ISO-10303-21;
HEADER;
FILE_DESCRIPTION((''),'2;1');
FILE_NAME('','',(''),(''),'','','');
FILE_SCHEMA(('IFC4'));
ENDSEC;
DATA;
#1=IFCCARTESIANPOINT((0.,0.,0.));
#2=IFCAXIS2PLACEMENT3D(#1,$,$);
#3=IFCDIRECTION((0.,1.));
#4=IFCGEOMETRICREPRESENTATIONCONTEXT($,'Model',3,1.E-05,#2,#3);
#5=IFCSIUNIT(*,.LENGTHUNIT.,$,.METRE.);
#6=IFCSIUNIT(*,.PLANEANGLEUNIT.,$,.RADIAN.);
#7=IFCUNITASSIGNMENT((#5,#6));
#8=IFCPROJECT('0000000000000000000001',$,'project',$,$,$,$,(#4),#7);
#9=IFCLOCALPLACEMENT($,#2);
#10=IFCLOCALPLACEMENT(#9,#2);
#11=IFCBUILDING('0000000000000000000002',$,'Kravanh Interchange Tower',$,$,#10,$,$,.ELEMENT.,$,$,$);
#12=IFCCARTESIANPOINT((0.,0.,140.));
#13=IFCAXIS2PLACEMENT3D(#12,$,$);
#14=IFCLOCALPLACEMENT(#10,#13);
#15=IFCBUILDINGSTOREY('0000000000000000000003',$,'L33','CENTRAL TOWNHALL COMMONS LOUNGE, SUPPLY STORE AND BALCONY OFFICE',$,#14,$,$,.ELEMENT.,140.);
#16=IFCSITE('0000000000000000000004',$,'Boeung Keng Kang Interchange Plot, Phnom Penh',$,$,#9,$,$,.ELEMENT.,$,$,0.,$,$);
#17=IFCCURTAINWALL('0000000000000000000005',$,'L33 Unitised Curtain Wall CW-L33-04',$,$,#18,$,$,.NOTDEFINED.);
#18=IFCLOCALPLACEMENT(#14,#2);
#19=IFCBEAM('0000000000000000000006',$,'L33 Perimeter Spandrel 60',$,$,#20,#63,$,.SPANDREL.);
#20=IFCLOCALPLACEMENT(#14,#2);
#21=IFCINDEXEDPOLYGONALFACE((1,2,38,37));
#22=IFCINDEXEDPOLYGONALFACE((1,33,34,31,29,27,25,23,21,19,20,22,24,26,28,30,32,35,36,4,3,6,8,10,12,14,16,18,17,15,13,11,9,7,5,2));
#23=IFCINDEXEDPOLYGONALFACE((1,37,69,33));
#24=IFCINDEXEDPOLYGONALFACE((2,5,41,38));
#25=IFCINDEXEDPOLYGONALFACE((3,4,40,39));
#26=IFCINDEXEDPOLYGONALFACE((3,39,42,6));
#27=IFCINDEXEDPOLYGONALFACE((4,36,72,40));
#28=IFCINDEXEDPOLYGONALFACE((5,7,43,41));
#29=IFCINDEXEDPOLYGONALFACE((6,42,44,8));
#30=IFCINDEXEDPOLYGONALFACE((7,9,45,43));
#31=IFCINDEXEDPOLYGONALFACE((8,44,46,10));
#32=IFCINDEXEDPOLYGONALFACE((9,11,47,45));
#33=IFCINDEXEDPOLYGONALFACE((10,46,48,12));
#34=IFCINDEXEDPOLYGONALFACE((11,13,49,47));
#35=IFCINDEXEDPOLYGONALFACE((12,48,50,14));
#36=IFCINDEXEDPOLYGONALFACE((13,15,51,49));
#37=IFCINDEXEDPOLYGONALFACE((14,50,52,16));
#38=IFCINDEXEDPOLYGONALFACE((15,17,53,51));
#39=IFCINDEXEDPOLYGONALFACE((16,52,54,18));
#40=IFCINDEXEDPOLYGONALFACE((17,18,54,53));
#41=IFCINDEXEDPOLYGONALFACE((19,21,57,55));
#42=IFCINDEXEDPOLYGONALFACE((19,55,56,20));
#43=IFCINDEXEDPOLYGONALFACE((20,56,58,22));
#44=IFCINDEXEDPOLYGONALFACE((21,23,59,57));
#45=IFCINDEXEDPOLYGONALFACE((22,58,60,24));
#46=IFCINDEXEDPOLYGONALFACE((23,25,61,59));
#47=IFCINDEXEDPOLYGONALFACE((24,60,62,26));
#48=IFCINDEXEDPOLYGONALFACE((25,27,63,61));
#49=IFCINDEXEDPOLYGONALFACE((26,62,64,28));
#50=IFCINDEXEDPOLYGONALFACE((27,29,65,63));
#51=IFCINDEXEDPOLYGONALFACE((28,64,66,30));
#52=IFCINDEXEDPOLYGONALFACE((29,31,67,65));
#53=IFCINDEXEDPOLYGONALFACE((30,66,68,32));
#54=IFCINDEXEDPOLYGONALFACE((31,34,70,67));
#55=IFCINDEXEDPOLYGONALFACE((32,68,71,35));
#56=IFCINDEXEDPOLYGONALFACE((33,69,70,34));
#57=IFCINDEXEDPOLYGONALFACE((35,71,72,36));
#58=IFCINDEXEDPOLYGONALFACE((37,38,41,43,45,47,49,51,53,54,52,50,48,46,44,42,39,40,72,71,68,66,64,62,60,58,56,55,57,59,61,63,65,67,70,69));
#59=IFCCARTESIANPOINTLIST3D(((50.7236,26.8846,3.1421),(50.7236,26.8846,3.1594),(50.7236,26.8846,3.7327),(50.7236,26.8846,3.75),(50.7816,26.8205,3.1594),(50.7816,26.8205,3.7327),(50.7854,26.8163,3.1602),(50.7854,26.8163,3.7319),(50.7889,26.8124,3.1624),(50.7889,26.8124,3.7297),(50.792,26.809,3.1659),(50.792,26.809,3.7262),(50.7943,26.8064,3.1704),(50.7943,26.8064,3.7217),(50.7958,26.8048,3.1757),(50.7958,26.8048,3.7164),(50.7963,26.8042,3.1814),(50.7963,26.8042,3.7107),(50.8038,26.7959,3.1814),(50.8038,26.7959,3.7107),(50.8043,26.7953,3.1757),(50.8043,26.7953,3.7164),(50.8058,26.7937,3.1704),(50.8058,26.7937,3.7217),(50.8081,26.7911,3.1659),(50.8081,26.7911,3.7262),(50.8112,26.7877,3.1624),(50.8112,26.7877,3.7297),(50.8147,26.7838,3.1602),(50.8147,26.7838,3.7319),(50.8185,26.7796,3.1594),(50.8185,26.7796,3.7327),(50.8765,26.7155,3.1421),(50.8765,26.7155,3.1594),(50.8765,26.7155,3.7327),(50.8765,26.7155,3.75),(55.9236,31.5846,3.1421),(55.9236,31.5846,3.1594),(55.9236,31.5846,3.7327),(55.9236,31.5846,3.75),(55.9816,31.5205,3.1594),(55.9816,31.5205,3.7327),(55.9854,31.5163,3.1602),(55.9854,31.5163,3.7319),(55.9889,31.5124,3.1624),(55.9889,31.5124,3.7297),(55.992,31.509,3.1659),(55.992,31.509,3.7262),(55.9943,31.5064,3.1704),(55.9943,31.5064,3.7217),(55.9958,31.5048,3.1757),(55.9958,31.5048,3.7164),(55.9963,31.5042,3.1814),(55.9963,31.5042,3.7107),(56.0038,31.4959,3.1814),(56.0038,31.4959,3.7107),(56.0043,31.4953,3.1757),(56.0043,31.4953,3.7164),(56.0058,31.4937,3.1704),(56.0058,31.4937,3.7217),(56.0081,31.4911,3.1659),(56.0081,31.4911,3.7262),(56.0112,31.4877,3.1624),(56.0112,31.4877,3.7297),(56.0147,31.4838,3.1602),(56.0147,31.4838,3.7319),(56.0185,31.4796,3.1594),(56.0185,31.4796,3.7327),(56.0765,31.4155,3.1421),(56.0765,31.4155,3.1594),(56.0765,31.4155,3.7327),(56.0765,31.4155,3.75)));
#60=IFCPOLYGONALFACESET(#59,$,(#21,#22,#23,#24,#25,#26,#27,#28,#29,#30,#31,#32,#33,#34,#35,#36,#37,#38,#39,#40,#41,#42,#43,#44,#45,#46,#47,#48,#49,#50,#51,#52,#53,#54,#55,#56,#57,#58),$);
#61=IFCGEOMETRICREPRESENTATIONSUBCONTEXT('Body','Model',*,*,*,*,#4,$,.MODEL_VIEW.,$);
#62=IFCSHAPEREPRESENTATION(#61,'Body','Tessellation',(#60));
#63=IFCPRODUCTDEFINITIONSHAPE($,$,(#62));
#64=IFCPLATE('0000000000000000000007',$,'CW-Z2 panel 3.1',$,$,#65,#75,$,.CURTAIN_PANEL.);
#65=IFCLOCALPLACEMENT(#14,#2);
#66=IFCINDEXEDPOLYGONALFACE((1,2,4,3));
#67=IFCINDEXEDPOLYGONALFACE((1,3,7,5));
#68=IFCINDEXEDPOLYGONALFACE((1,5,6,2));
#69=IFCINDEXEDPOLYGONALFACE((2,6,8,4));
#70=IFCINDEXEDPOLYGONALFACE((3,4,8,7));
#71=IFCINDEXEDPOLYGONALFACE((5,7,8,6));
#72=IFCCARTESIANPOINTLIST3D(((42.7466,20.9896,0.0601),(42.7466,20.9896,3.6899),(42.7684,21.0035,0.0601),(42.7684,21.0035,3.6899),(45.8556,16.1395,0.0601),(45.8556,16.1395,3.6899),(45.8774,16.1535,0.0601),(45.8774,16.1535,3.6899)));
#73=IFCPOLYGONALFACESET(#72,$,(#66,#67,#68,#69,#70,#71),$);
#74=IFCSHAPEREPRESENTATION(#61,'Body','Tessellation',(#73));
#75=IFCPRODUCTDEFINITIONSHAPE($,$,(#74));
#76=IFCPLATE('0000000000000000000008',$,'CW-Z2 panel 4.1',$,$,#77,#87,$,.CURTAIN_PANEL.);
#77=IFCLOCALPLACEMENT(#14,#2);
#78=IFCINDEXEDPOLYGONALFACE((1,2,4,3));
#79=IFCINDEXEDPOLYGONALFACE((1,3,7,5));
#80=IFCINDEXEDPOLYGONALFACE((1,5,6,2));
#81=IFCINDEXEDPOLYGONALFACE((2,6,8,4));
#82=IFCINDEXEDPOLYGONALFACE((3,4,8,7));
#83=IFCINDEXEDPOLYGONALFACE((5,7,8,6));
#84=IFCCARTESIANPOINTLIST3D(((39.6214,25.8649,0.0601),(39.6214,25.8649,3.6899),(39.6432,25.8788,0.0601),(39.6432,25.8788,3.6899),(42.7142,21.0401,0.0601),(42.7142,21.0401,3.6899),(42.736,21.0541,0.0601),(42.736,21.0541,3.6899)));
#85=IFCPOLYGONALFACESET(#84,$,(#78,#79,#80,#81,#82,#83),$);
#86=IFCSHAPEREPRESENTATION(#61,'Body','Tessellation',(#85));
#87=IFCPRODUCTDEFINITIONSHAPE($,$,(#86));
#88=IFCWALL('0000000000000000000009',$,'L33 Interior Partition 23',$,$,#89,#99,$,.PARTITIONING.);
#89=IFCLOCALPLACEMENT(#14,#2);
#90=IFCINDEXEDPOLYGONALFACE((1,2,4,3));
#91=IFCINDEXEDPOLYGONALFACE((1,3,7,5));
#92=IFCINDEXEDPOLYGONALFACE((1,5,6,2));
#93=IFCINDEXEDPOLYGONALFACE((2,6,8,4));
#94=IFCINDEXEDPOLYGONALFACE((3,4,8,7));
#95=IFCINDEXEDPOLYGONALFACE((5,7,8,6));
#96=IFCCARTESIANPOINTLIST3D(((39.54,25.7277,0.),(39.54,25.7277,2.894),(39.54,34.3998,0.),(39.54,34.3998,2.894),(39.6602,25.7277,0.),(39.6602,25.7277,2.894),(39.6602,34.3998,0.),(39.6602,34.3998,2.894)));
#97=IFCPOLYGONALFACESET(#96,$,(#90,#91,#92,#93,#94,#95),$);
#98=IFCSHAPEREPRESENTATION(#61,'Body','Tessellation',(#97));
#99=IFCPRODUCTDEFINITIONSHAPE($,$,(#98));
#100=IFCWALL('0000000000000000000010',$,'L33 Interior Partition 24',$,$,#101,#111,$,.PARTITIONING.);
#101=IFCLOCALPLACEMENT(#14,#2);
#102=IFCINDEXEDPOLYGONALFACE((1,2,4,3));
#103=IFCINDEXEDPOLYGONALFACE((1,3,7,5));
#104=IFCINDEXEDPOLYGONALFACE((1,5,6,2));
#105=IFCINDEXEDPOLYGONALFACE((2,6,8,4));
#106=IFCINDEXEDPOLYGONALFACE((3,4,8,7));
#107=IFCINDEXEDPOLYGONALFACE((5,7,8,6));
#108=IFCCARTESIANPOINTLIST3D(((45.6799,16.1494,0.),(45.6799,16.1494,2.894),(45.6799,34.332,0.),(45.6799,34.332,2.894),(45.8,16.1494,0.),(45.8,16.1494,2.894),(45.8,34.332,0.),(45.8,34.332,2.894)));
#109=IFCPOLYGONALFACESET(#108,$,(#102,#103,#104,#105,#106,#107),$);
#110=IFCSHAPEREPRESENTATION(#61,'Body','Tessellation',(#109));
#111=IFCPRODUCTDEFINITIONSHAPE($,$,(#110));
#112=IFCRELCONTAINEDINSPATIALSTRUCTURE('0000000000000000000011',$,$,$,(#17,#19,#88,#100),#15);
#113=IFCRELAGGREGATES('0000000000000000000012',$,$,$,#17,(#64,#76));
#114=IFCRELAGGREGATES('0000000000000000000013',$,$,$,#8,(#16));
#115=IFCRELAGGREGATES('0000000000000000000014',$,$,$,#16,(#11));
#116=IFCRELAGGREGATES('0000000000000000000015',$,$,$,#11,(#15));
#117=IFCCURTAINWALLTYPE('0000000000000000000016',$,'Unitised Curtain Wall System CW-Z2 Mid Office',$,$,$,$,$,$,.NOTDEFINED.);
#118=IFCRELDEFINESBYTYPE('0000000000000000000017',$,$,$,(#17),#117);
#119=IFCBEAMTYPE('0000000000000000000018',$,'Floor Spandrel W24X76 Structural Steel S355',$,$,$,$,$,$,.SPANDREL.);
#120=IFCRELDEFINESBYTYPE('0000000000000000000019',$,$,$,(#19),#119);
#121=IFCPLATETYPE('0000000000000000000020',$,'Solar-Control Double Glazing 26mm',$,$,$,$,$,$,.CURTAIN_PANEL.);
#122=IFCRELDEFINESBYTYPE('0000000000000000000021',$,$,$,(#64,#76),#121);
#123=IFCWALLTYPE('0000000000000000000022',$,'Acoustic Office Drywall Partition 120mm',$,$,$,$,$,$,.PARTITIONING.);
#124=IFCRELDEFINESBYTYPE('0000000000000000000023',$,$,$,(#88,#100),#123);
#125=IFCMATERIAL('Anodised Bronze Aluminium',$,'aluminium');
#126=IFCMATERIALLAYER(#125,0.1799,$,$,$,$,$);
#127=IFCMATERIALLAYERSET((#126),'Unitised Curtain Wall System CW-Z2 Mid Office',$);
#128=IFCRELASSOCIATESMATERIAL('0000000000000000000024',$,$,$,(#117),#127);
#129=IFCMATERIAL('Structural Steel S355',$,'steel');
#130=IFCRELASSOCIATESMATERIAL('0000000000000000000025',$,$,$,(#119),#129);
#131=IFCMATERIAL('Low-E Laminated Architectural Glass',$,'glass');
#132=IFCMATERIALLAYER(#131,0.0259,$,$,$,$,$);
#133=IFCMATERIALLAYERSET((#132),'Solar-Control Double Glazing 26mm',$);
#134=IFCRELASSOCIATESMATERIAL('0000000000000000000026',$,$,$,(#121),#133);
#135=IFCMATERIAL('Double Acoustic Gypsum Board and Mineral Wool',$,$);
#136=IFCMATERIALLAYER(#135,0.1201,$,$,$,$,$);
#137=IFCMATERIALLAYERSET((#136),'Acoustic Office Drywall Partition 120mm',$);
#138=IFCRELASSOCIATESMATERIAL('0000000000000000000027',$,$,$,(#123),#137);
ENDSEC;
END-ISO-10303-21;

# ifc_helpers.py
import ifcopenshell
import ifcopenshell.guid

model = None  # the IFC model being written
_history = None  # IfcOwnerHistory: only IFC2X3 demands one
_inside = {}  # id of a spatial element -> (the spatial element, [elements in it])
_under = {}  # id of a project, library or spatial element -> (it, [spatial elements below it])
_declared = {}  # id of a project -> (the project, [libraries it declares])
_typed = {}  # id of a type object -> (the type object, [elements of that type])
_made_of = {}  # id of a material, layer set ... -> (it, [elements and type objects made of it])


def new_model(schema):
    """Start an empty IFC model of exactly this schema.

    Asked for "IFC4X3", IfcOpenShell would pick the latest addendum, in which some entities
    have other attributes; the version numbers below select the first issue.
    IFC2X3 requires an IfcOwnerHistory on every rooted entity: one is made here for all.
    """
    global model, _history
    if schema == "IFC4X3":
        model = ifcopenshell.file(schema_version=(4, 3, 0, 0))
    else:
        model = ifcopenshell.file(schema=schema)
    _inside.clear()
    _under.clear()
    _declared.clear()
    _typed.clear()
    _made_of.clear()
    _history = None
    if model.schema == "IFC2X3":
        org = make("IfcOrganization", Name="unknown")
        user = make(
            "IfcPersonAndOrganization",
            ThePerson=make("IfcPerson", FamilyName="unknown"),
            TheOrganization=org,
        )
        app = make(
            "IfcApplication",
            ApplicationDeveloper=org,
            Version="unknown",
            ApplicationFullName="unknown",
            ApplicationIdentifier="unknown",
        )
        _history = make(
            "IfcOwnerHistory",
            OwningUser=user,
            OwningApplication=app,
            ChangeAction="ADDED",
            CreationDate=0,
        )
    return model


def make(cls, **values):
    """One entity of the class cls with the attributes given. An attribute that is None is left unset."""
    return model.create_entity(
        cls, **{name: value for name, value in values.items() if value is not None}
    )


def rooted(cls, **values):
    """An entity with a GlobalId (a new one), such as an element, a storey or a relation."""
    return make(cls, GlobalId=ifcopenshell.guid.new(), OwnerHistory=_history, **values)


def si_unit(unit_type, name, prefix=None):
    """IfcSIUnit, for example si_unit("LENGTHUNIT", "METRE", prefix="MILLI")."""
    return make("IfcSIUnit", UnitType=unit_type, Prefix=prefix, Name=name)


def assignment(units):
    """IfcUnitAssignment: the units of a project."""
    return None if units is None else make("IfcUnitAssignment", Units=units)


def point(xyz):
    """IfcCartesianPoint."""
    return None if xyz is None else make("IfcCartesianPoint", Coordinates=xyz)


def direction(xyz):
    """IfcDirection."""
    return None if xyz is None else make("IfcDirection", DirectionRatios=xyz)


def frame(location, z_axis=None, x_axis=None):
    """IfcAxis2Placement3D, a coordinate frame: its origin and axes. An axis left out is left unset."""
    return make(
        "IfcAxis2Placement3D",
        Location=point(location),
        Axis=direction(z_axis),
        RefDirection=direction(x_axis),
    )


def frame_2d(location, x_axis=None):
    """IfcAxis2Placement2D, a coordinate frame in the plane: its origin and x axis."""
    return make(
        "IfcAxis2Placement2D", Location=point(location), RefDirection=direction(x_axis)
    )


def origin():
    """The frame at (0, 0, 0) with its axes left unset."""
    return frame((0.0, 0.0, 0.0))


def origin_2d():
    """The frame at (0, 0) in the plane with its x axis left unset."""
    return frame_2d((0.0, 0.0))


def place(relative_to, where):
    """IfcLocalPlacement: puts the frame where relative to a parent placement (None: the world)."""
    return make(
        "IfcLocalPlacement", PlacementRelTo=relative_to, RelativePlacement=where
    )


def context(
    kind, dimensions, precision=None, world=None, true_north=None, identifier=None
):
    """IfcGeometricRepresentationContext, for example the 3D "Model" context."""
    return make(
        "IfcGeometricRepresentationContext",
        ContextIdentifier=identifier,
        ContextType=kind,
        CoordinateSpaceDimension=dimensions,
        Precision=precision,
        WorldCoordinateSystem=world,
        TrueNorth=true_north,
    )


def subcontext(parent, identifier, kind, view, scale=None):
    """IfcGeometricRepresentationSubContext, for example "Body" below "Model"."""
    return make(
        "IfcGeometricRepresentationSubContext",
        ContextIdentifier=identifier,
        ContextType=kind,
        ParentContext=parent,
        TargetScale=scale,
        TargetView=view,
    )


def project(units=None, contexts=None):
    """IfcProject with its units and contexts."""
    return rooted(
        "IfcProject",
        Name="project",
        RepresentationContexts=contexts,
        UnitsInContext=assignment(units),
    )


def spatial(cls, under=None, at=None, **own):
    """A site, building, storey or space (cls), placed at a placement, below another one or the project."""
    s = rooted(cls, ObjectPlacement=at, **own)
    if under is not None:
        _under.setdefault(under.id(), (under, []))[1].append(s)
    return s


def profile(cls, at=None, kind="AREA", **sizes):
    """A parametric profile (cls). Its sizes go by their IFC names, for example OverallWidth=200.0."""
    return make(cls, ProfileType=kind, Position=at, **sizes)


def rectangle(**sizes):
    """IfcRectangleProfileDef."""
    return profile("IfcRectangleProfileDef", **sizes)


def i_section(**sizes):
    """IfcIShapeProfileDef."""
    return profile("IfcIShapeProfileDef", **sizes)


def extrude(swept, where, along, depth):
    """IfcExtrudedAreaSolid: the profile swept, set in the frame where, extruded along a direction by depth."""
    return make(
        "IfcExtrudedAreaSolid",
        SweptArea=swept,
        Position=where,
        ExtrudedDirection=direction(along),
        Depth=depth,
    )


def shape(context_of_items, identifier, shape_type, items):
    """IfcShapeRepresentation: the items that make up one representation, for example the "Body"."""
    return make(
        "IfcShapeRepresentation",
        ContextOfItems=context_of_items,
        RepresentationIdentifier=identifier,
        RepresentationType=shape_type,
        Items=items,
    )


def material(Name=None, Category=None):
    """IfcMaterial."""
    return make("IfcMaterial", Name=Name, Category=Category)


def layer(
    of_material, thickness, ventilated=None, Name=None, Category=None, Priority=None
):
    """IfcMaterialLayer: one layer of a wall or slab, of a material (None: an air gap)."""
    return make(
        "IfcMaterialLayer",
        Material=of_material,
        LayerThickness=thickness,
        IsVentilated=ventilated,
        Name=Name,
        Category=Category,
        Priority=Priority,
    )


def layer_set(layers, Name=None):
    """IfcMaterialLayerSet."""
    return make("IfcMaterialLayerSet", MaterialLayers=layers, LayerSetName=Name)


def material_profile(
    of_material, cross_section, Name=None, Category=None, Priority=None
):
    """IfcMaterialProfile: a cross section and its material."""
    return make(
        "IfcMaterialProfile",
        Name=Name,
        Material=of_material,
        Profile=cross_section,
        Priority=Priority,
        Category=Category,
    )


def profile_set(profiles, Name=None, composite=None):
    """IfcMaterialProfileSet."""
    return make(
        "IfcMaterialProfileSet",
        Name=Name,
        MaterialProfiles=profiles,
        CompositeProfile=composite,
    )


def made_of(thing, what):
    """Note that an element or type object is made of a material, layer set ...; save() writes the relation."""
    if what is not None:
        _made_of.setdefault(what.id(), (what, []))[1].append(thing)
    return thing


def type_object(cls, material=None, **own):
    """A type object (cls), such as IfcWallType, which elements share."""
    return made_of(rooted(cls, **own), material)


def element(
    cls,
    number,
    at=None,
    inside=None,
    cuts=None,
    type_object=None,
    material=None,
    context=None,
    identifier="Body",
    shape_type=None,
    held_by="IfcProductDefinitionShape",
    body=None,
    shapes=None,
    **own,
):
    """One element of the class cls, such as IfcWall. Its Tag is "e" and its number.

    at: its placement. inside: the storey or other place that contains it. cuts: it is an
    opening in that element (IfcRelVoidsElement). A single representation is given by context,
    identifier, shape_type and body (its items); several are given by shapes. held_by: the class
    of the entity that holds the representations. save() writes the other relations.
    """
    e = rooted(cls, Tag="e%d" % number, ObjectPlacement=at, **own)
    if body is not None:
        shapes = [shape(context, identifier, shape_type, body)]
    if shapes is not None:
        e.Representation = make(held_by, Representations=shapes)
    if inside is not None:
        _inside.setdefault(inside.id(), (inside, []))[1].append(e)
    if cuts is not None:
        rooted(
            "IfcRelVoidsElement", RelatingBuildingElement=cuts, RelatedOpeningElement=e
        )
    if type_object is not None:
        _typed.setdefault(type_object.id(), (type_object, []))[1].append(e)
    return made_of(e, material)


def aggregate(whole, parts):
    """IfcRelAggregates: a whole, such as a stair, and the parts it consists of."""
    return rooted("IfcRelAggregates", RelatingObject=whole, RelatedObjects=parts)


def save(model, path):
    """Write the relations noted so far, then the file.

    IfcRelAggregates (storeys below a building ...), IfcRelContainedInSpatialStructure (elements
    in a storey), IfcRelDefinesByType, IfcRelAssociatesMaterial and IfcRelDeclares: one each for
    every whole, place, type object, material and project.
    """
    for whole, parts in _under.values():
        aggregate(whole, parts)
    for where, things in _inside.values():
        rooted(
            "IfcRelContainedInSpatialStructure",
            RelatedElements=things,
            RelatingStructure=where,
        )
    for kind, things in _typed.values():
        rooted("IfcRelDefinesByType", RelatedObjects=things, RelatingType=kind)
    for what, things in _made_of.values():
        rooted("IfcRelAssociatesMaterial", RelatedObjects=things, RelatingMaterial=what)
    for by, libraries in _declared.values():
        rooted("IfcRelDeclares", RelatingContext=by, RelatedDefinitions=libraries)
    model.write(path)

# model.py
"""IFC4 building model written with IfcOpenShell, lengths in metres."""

from ifc_helpers import new_model, si_unit, direction, frame, frame_2d, origin, origin_2d, place, context, subcontext, project, spatial, rectangle, i_section, extrude, material, layer, layer_set, material_profile, profile_set, type_object, element, aggregate, save


model = new_model("IFC4")

# Units and contexts
model_context = context("Model", 3, precision=1e-05, world=origin(), true_north=direction((0.0, 1.0)))
body_context = subcontext(model_context, "Body", "Model", "MODEL_VIEW")
ifc_project = project(units=[si_unit("LENGTHUNIT", "METRE"), si_unit("PLANEANGLEUNIT", "RADIAN")], contexts=[model_context])

# Site, building, storey
site_placement = place(None, origin())
site = spatial("IfcSite", under=ifc_project, at=site_placement, Name="Boeung Keng Kang Interchange Plot, Phnom Penh", CompositionType="ELEMENT", RefElevation=0.0)
building_placement = place(site_placement, origin())
building = spatial("IfcBuilding", under=site, at=building_placement, Name="Kravanh Interchange Tower", CompositionType="ELEMENT")
storey_placement = place(building_placement, frame((0.0, 0.0, 140.0)))
storey = spatial("IfcBuildingStorey", under=building, at=storey_placement, Name="L33", Description="CENTRAL TOWNHALL COMMONS LOUNGE, SUPPLY STORE AND BALCONY OFFICE", CompositionType="ELEMENT", Elevation=140.0)

# Curtain wall
ifc_material_1 = material(Name="Anodised Bronze Aluminium", Category="aluminium")
ifc_layer_1 = layer(ifc_material_1, 0.1799)
ifc_layer_set_1 = layer_set([ifc_layer_1], Name="Unitised Curtain Wall System CW-Z2 Mid Office")
curtain_wall_type = type_object("IfcCurtainWallType", Name="Unitised Curtain Wall System CW-Z2 Mid Office", PredefinedType="NOTDEFINED", material=ifc_layer_set_1)
curtain_wall_1_placement = place(storey_placement, origin())
curtain_wall_1 = element("IfcCurtainWall", 1, at=curtain_wall_1_placement, inside=storey, type_object=curtain_wall_type, Name="L33 Unitised Curtain Wall CW-L33-04", PredefinedType="NOTDEFINED")

# Beam
ifc_material_2 = material(Name="Structural Steel S355", Category="steel")
ifc_material_profile_1 = material_profile(ifc_material_2, i_section(OverallWidth=0.228, OverallDepth=0.6079, WebThickness=0.0112, FlangeThickness=0.0173, FilletRadius=0.022, at=origin_2d()), Name="W24X76")
ifc_profile_set_1 = profile_set([ifc_material_profile_1], Name="Structural Steel S355")
beam_type_1 = type_object("IfcBeamType", Name="Floor Spandrel W24X76 Structural Steel S355", PredefinedType="SPANDREL", material=ifc_profile_set_1)
beam_1_placement = place(storey_placement, frame((50.8, 26.8, 3.446), z_axis=(0.741874, 0.670539, 0.0), x_axis=(-0.670539, 0.741874, 0.0)))
element("IfcBeam", 2, at=beam_1_placement, inside=storey, type_object=beam_type_1, Name="L33 Perimeter Spandrel 60", PredefinedType="SPANDREL", context=body_context, shape_type="SweptSolid", body=[
    extrude(i_section(OverallWidth=0.228, OverallDepth=0.6079, WebThickness=0.0112, FlangeThickness=0.0173, FilletRadius=0.022, at=origin_2d()), origin(), (0.0, 0.0, 1.0), 7.0093),
])

# Plates
ifc_material_3 = material(Name="Low-E Laminated Architectural Glass", Category="glass")
ifc_layer_2 = layer(ifc_material_3, 0.0259)
ifc_layer_set_2 = layer_set([ifc_layer_2], Name="Solar-Control Double Glazing 26mm")
plate_type = type_object("IfcPlateType", Name="Solar-Control Double Glazing 26mm", PredefinedType="CURTAIN_PANEL", material=ifc_layer_set_2)
plate_1_placement = place(storey_placement, frame((44.312, 18.5715, 0.0601), z_axis=(0.0, 0.0, 1.0), x_axis=(-0.539665, 0.84188, 0.0)))
plate_1 = element("IfcPlate", 3, at=plate_1_placement, type_object=plate_type, Name="CW-Z2 panel 3.1", PredefinedType="CURTAIN_PANEL", context=body_context, shape_type="SweptSolid", body=[
    extrude(rectangle(XDim=5.761, YDim=0.0259, at=origin_2d()), origin(), (0.0, 0.0, 1.0), 3.6299),
])
plate_2_placement = place(storey_placement, frame((41.1787, 23.4595, 0.0601), z_axis=(0.0, 0.0, 1.0), x_axis=(-0.539665, 0.84188, 0.0)))
plate_2 = element("IfcPlate", 4, at=plate_2_placement, type_object=plate_type, Name="CW-Z2 panel 4.1", PredefinedType="CURTAIN_PANEL", context=body_context, shape_type="SweptSolid", body=[
    extrude(rectangle(XDim=5.731, YDim=0.0259, at=origin_2d()), origin(), (0.0, 0.0, 1.0), 3.6299),
])
aggregate(curtain_wall_1, [plate_1, plate_2])

# Walls
ifc_material_4 = material(Name="Double Acoustic Gypsum Board and Mineral Wool")
ifc_layer_3 = layer(ifc_material_4, 0.1201)
ifc_layer_set_3 = layer_set([ifc_layer_3], Name="Acoustic Office Drywall Partition 120mm")
wall_type = type_object("IfcWallType", Name="Acoustic Office Drywall Partition 120mm", PredefinedType="PARTITIONING", material=ifc_layer_set_3)
wall_1_placement = place(storey_placement, frame((39.6001, 25.7278, 0.0), z_axis=(0.0, 0.0, 1.0), x_axis=(0.0, 1.0, 0.0)))
element("IfcWall", 5, at=wall_1_placement, inside=storey, type_object=wall_type, Name="L33 Interior Partition 23", PredefinedType="PARTITIONING", context=body_context, shape_type="SweptSolid", body=[
    extrude(rectangle(XDim=8.6721, YDim=0.1201, at=frame_2d((4.3359, 0.0))), origin(), (0.0, 0.0, 1.0), 2.894),
])
wall_2_placement = place(storey_placement, frame((45.74, 16.1494, 0.0), z_axis=(0.0, 0.0, 1.0), x_axis=(0.0, 1.0, 0.0)))
element("IfcWall", 6, at=wall_2_placement, inside=storey, type_object=wall_type, Name="L33 Interior Partition 24", PredefinedType="PARTITIONING", context=body_context, shape_type="SweptSolid", body=[
    extrude(rectangle(XDim=18.1826, YDim=0.1201, at=frame_2d((9.0913, 0.0))), origin(), (0.0, 0.0, 1.0), 2.894),
])

save(model, "model.ifc")
